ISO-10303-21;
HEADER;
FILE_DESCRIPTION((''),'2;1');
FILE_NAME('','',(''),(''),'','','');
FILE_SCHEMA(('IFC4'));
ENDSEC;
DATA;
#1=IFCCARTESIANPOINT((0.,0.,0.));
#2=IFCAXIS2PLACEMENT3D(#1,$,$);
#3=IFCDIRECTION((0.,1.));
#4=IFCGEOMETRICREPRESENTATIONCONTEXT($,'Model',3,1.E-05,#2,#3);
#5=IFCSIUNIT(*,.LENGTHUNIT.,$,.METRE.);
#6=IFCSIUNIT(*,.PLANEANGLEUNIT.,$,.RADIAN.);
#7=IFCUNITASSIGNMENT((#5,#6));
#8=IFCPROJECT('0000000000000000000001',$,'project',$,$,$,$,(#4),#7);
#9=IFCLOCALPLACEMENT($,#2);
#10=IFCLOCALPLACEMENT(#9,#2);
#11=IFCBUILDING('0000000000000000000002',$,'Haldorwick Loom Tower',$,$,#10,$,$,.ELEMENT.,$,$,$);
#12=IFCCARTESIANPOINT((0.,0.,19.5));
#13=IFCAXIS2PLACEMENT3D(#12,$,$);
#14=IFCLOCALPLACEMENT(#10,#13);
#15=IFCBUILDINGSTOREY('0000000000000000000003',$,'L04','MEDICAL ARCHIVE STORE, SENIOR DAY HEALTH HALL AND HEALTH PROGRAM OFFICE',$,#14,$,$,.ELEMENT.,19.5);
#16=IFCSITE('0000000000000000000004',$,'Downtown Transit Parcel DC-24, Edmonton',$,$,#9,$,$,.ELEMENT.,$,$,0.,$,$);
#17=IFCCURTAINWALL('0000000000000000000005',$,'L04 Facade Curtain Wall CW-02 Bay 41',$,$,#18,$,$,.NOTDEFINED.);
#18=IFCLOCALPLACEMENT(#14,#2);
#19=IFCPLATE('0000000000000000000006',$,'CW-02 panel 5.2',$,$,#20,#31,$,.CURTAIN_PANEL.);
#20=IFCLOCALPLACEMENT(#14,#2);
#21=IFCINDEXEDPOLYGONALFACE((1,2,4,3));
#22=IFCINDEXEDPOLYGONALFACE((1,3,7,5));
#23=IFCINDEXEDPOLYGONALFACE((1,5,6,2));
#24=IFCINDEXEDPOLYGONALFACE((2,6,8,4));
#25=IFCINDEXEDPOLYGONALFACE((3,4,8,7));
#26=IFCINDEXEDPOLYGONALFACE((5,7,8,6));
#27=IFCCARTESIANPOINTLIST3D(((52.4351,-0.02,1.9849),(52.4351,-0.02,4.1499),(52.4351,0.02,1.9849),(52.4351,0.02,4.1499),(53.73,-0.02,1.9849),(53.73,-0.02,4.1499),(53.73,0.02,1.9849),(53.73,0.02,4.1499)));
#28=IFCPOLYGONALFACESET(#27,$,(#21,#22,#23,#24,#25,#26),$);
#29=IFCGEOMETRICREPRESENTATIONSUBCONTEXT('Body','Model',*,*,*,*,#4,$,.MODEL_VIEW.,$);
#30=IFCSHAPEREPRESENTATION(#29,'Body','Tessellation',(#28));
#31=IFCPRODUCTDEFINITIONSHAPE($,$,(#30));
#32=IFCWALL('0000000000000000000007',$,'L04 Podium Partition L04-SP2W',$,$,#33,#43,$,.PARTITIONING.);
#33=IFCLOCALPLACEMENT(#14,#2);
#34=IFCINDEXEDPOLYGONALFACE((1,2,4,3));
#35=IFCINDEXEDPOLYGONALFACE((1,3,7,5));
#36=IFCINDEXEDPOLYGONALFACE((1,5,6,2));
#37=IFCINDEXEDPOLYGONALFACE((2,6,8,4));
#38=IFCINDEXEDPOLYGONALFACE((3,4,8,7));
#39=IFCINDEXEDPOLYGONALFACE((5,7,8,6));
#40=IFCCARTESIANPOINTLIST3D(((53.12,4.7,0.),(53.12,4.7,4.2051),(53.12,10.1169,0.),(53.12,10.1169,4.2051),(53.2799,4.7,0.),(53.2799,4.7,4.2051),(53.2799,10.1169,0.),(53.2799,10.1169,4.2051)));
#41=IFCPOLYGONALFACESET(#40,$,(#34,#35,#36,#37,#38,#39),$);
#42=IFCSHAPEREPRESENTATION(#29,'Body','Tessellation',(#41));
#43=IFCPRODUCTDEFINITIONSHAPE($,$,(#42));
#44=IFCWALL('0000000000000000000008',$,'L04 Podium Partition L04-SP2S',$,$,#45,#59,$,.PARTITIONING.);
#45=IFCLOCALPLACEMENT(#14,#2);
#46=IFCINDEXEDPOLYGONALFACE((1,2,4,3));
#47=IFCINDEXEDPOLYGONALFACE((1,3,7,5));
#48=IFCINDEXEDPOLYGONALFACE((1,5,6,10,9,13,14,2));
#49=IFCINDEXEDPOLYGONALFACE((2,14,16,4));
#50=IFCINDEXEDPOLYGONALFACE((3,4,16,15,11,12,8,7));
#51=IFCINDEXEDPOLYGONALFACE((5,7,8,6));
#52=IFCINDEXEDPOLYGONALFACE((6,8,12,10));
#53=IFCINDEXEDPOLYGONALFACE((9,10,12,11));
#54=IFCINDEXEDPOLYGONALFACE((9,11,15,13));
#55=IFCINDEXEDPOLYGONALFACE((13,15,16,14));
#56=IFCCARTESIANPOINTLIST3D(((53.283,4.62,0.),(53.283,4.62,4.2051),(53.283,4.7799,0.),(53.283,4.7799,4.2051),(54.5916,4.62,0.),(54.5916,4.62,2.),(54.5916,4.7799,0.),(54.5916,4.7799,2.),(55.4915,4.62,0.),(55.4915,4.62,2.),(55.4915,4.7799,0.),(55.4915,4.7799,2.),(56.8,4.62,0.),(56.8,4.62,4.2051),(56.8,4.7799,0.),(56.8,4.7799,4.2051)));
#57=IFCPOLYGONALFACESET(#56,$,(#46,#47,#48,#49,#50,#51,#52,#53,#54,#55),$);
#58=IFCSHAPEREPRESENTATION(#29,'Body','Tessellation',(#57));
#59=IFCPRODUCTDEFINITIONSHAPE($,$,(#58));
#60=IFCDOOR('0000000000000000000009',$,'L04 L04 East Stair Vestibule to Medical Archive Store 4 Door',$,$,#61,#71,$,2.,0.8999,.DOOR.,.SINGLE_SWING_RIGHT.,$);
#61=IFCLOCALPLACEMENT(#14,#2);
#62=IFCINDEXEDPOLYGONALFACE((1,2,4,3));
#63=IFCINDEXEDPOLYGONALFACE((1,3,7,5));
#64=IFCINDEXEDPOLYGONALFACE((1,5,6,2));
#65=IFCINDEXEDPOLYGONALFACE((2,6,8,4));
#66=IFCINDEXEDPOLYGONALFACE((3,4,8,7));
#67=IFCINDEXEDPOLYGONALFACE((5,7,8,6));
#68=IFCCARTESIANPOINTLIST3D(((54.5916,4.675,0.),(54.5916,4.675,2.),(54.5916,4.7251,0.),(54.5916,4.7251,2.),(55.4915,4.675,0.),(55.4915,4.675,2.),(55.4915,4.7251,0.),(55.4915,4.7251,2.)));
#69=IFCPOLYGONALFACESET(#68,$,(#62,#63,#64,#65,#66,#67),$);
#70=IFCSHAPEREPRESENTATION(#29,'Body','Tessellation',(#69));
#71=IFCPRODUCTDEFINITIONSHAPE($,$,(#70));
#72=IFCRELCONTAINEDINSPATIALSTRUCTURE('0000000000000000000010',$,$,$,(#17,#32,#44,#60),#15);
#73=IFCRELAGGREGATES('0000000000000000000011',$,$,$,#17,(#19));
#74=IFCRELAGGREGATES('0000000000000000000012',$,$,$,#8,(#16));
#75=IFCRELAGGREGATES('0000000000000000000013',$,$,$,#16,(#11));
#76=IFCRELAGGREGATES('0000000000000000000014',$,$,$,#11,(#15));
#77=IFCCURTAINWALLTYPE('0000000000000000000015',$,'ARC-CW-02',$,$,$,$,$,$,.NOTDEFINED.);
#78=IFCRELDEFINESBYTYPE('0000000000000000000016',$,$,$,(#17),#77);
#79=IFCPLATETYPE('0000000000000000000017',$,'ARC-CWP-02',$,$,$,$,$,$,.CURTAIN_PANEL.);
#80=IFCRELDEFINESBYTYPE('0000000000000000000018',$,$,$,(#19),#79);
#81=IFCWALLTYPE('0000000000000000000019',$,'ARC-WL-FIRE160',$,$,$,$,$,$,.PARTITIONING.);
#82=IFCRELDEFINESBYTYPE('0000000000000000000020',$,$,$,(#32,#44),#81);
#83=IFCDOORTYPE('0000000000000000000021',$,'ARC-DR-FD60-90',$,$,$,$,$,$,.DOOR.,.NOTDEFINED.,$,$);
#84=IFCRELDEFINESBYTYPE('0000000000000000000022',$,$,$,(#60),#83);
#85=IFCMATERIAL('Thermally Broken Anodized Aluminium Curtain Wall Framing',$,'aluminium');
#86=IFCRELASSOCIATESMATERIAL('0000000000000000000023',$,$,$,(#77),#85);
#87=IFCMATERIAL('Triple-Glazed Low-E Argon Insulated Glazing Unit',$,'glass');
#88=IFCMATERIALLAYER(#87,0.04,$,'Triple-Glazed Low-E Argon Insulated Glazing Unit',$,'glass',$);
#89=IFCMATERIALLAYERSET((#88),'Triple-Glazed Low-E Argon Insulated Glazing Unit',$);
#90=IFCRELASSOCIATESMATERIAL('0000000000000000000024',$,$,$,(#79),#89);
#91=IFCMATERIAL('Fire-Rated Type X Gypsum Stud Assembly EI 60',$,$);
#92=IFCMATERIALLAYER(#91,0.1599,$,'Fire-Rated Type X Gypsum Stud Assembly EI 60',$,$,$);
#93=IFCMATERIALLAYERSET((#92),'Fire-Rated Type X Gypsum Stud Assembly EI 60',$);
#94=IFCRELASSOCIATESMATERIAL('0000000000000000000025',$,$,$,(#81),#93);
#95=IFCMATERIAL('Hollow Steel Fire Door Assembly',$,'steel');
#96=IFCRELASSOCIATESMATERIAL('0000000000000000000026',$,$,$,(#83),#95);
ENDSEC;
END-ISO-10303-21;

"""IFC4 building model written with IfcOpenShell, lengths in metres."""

from ifc_helpers import new_model, si_unit, direction, frame, frame_2d, origin, origin_2d, place, context, subcontext, project, spatial, rectangle, extrude, material, layer, layer_set, type_object, element, fill, aggregate, save


model = new_model("IFC4")

# Units and contexts
model_context = context("Model", 3, precision=1e-05, world=origin(), true_north=direction((0.0, 1.0)))
body_context = subcontext(model_context, "Body", "Model", "MODEL_VIEW")
ifc_project = project(units=[si_unit("LENGTHUNIT", "METRE"), si_unit("PLANEANGLEUNIT", "RADIAN")], contexts=[model_context])

# Site, building, storey
site_placement = place(None, origin())
site = spatial("IfcSite", under=ifc_project, at=site_placement, Name="Downtown Transit Parcel DC-24, Edmonton", CompositionType="ELEMENT", RefElevation=0.0)
building_placement = place(site_placement, origin())
building = spatial("IfcBuilding", under=site, at=building_placement, Name="Haldorwick Loom Tower", CompositionType="ELEMENT")
storey_placement = place(building_placement, frame((0.0, 0.0, 19.5)))
storey = spatial("IfcBuildingStorey", under=building, at=storey_placement, Name="L04", Description="MEDICAL ARCHIVE STORE, SENIOR DAY HEALTH HALL AND HEALTH PROGRAM OFFICE", CompositionType="ELEMENT", Elevation=19.5)

# Curtain wall
ifc_material_1 = material(Name="Thermally Broken Anodized Aluminium Curtain Wall Framing", Category="aluminium")
curtain_wall_type = type_object("IfcCurtainWallType", Name="ARC-CW-02", PredefinedType="NOTDEFINED", material=ifc_material_1)
curtain_wall_placement = place(storey_placement, origin())
curtain_wall = element("IfcCurtainWall", 1, at=curtain_wall_placement, inside=storey, type_object=curtain_wall_type, Name="L04 Facade Curtain Wall CW-02 Bay 41", PredefinedType="NOTDEFINED")

# Plate
ifc_material_2 = material(Name="Triple-Glazed Low-E Argon Insulated Glazing Unit", Category="glass")
ifc_layer_1 = layer(ifc_material_2, 0.04, Name="Triple-Glazed Low-E Argon Insulated Glazing Unit", Category="glass")
ifc_layer_set_1 = layer_set([ifc_layer_1], Name="Triple-Glazed Low-E Argon Insulated Glazing Unit")
plate_type = type_object("IfcPlateType", Name="ARC-CWP-02", PredefinedType="CURTAIN_PANEL", material=ifc_layer_set_1)
plate_1_placement = place(storey_placement, frame((53.0825, 0.0, 1.9849), z_axis=(0.0, 0.0, 1.0), x_axis=(1.0, 0.0, 0.0)))
plate_1 = element("IfcPlate", 2, at=plate_1_placement, type_object=plate_type, Name="CW-02 panel 5.2", PredefinedType="CURTAIN_PANEL", context=body_context, shape_type="SweptSolid", body=[
    extrude(rectangle(XDim=1.2949, YDim=0.04, at=origin_2d()), origin(), (0.0, 0.0, 1.0), 2.165),
])
aggregate(curtain_wall, [plate_1])

# Wall
ifc_material_3 = material(Name="Fire-Rated Type X Gypsum Stud Assembly EI 60")
ifc_layer_2 = layer(ifc_material_3, 0.1599, Name="Fire-Rated Type X Gypsum Stud Assembly EI 60")
ifc_layer_set_2 = layer_set([ifc_layer_2], Name="Fire-Rated Type X Gypsum Stud Assembly EI 60")
wall_type = type_object("IfcWallType", Name="ARC-WL-FIRE160", PredefinedType="PARTITIONING", material=ifc_layer_set_2)
wall_1_placement = place(storey_placement, frame((53.2, 4.7, 0.0), z_axis=(0.0, 0.0, 1.0), x_axis=(0.0, 1.0, 0.0)))
element("IfcWall", 3, at=wall_1_placement, inside=storey, type_object=wall_type, Name="L04 Podium Partition L04-SP2W", PredefinedType="PARTITIONING", context=body_context, shape_type="SweptSolid", body=[
    extrude(rectangle(XDim=5.417, YDim=0.1599, at=frame_2d((2.7085, 0.0))), origin(), (0.0, 0.0, 1.0), 4.2051),
])

# Wall, opening, door
wall_2_placement = place(storey_placement, frame((53.283, 4.7, 0.0), z_axis=(0.0, 0.0, 1.0), x_axis=(1.0, 0.0, 0.0)))
wall_2 = element("IfcWall", 4, at=wall_2_placement, inside=storey, type_object=wall_type, Name="L04 Podium Partition L04-SP2S", PredefinedType="PARTITIONING", context=body_context, shape_type="SweptSolid", body=[
    extrude(rectangle(XDim=3.5171, YDim=0.1599, at=frame_2d((1.7585, 0.0))), origin(), (0.0, 0.0, 1.0), 4.2051),
])
opening_placement = place(wall_2_placement, frame((1.3086, 0.0, 0.0)))
opening = element("IfcOpeningElement", 5, at=opening_placement, cuts=wall_2, PredefinedType="OPENING", context=body_context, shape_type="SweptSolid", body=[
    extrude(rectangle(XDim=0.8999, YDim=2.0, at=frame_2d((0.45, 1.0))), frame((0.0, 0.0898, 0.0), z_axis=(0.0, -1.0, 0.0), x_axis=(1.0, 0.0, 0.0)), (0.0, 0.0, 1.0), 0.1799),
])
ifc_material_4 = material(Name="Hollow Steel Fire Door Assembly", Category="steel")
door_type = type_object("IfcDoorType", Name="ARC-DR-FD60-90", OperationType="NOTDEFINED", PredefinedType="DOOR", material=ifc_material_4)
door_placement = place(opening_placement, frame((0.8999, 0.0, 0.0), z_axis=(0.0, 0.0, 1.0), x_axis=(-1.0, 0.0, 0.0)))
door = element("IfcDoor", 6, at=door_placement, inside=storey, type_object=door_type, Name="L04 L04 East Stair Vestibule to Medical Archive Store 4 Door", OperationType="SINGLE_SWING_RIGHT", OverallHeight=2.0, OverallWidth=0.8999, PredefinedType="DOOR", context=body_context, shape_type="SweptSolid", body=[
    extrude(rectangle(XDim=0.8999, YDim=2.0, at=frame_2d((0.45, 1.0))), frame((0.0, 0.0249, 0.0), z_axis=(0.0, -1.0, 0.0), x_axis=(1.0, 0.0, 0.0)), (0.0, 0.0, 1.0), 0.05),
])
fill(opening, door)

save(model, "model.ifc")
